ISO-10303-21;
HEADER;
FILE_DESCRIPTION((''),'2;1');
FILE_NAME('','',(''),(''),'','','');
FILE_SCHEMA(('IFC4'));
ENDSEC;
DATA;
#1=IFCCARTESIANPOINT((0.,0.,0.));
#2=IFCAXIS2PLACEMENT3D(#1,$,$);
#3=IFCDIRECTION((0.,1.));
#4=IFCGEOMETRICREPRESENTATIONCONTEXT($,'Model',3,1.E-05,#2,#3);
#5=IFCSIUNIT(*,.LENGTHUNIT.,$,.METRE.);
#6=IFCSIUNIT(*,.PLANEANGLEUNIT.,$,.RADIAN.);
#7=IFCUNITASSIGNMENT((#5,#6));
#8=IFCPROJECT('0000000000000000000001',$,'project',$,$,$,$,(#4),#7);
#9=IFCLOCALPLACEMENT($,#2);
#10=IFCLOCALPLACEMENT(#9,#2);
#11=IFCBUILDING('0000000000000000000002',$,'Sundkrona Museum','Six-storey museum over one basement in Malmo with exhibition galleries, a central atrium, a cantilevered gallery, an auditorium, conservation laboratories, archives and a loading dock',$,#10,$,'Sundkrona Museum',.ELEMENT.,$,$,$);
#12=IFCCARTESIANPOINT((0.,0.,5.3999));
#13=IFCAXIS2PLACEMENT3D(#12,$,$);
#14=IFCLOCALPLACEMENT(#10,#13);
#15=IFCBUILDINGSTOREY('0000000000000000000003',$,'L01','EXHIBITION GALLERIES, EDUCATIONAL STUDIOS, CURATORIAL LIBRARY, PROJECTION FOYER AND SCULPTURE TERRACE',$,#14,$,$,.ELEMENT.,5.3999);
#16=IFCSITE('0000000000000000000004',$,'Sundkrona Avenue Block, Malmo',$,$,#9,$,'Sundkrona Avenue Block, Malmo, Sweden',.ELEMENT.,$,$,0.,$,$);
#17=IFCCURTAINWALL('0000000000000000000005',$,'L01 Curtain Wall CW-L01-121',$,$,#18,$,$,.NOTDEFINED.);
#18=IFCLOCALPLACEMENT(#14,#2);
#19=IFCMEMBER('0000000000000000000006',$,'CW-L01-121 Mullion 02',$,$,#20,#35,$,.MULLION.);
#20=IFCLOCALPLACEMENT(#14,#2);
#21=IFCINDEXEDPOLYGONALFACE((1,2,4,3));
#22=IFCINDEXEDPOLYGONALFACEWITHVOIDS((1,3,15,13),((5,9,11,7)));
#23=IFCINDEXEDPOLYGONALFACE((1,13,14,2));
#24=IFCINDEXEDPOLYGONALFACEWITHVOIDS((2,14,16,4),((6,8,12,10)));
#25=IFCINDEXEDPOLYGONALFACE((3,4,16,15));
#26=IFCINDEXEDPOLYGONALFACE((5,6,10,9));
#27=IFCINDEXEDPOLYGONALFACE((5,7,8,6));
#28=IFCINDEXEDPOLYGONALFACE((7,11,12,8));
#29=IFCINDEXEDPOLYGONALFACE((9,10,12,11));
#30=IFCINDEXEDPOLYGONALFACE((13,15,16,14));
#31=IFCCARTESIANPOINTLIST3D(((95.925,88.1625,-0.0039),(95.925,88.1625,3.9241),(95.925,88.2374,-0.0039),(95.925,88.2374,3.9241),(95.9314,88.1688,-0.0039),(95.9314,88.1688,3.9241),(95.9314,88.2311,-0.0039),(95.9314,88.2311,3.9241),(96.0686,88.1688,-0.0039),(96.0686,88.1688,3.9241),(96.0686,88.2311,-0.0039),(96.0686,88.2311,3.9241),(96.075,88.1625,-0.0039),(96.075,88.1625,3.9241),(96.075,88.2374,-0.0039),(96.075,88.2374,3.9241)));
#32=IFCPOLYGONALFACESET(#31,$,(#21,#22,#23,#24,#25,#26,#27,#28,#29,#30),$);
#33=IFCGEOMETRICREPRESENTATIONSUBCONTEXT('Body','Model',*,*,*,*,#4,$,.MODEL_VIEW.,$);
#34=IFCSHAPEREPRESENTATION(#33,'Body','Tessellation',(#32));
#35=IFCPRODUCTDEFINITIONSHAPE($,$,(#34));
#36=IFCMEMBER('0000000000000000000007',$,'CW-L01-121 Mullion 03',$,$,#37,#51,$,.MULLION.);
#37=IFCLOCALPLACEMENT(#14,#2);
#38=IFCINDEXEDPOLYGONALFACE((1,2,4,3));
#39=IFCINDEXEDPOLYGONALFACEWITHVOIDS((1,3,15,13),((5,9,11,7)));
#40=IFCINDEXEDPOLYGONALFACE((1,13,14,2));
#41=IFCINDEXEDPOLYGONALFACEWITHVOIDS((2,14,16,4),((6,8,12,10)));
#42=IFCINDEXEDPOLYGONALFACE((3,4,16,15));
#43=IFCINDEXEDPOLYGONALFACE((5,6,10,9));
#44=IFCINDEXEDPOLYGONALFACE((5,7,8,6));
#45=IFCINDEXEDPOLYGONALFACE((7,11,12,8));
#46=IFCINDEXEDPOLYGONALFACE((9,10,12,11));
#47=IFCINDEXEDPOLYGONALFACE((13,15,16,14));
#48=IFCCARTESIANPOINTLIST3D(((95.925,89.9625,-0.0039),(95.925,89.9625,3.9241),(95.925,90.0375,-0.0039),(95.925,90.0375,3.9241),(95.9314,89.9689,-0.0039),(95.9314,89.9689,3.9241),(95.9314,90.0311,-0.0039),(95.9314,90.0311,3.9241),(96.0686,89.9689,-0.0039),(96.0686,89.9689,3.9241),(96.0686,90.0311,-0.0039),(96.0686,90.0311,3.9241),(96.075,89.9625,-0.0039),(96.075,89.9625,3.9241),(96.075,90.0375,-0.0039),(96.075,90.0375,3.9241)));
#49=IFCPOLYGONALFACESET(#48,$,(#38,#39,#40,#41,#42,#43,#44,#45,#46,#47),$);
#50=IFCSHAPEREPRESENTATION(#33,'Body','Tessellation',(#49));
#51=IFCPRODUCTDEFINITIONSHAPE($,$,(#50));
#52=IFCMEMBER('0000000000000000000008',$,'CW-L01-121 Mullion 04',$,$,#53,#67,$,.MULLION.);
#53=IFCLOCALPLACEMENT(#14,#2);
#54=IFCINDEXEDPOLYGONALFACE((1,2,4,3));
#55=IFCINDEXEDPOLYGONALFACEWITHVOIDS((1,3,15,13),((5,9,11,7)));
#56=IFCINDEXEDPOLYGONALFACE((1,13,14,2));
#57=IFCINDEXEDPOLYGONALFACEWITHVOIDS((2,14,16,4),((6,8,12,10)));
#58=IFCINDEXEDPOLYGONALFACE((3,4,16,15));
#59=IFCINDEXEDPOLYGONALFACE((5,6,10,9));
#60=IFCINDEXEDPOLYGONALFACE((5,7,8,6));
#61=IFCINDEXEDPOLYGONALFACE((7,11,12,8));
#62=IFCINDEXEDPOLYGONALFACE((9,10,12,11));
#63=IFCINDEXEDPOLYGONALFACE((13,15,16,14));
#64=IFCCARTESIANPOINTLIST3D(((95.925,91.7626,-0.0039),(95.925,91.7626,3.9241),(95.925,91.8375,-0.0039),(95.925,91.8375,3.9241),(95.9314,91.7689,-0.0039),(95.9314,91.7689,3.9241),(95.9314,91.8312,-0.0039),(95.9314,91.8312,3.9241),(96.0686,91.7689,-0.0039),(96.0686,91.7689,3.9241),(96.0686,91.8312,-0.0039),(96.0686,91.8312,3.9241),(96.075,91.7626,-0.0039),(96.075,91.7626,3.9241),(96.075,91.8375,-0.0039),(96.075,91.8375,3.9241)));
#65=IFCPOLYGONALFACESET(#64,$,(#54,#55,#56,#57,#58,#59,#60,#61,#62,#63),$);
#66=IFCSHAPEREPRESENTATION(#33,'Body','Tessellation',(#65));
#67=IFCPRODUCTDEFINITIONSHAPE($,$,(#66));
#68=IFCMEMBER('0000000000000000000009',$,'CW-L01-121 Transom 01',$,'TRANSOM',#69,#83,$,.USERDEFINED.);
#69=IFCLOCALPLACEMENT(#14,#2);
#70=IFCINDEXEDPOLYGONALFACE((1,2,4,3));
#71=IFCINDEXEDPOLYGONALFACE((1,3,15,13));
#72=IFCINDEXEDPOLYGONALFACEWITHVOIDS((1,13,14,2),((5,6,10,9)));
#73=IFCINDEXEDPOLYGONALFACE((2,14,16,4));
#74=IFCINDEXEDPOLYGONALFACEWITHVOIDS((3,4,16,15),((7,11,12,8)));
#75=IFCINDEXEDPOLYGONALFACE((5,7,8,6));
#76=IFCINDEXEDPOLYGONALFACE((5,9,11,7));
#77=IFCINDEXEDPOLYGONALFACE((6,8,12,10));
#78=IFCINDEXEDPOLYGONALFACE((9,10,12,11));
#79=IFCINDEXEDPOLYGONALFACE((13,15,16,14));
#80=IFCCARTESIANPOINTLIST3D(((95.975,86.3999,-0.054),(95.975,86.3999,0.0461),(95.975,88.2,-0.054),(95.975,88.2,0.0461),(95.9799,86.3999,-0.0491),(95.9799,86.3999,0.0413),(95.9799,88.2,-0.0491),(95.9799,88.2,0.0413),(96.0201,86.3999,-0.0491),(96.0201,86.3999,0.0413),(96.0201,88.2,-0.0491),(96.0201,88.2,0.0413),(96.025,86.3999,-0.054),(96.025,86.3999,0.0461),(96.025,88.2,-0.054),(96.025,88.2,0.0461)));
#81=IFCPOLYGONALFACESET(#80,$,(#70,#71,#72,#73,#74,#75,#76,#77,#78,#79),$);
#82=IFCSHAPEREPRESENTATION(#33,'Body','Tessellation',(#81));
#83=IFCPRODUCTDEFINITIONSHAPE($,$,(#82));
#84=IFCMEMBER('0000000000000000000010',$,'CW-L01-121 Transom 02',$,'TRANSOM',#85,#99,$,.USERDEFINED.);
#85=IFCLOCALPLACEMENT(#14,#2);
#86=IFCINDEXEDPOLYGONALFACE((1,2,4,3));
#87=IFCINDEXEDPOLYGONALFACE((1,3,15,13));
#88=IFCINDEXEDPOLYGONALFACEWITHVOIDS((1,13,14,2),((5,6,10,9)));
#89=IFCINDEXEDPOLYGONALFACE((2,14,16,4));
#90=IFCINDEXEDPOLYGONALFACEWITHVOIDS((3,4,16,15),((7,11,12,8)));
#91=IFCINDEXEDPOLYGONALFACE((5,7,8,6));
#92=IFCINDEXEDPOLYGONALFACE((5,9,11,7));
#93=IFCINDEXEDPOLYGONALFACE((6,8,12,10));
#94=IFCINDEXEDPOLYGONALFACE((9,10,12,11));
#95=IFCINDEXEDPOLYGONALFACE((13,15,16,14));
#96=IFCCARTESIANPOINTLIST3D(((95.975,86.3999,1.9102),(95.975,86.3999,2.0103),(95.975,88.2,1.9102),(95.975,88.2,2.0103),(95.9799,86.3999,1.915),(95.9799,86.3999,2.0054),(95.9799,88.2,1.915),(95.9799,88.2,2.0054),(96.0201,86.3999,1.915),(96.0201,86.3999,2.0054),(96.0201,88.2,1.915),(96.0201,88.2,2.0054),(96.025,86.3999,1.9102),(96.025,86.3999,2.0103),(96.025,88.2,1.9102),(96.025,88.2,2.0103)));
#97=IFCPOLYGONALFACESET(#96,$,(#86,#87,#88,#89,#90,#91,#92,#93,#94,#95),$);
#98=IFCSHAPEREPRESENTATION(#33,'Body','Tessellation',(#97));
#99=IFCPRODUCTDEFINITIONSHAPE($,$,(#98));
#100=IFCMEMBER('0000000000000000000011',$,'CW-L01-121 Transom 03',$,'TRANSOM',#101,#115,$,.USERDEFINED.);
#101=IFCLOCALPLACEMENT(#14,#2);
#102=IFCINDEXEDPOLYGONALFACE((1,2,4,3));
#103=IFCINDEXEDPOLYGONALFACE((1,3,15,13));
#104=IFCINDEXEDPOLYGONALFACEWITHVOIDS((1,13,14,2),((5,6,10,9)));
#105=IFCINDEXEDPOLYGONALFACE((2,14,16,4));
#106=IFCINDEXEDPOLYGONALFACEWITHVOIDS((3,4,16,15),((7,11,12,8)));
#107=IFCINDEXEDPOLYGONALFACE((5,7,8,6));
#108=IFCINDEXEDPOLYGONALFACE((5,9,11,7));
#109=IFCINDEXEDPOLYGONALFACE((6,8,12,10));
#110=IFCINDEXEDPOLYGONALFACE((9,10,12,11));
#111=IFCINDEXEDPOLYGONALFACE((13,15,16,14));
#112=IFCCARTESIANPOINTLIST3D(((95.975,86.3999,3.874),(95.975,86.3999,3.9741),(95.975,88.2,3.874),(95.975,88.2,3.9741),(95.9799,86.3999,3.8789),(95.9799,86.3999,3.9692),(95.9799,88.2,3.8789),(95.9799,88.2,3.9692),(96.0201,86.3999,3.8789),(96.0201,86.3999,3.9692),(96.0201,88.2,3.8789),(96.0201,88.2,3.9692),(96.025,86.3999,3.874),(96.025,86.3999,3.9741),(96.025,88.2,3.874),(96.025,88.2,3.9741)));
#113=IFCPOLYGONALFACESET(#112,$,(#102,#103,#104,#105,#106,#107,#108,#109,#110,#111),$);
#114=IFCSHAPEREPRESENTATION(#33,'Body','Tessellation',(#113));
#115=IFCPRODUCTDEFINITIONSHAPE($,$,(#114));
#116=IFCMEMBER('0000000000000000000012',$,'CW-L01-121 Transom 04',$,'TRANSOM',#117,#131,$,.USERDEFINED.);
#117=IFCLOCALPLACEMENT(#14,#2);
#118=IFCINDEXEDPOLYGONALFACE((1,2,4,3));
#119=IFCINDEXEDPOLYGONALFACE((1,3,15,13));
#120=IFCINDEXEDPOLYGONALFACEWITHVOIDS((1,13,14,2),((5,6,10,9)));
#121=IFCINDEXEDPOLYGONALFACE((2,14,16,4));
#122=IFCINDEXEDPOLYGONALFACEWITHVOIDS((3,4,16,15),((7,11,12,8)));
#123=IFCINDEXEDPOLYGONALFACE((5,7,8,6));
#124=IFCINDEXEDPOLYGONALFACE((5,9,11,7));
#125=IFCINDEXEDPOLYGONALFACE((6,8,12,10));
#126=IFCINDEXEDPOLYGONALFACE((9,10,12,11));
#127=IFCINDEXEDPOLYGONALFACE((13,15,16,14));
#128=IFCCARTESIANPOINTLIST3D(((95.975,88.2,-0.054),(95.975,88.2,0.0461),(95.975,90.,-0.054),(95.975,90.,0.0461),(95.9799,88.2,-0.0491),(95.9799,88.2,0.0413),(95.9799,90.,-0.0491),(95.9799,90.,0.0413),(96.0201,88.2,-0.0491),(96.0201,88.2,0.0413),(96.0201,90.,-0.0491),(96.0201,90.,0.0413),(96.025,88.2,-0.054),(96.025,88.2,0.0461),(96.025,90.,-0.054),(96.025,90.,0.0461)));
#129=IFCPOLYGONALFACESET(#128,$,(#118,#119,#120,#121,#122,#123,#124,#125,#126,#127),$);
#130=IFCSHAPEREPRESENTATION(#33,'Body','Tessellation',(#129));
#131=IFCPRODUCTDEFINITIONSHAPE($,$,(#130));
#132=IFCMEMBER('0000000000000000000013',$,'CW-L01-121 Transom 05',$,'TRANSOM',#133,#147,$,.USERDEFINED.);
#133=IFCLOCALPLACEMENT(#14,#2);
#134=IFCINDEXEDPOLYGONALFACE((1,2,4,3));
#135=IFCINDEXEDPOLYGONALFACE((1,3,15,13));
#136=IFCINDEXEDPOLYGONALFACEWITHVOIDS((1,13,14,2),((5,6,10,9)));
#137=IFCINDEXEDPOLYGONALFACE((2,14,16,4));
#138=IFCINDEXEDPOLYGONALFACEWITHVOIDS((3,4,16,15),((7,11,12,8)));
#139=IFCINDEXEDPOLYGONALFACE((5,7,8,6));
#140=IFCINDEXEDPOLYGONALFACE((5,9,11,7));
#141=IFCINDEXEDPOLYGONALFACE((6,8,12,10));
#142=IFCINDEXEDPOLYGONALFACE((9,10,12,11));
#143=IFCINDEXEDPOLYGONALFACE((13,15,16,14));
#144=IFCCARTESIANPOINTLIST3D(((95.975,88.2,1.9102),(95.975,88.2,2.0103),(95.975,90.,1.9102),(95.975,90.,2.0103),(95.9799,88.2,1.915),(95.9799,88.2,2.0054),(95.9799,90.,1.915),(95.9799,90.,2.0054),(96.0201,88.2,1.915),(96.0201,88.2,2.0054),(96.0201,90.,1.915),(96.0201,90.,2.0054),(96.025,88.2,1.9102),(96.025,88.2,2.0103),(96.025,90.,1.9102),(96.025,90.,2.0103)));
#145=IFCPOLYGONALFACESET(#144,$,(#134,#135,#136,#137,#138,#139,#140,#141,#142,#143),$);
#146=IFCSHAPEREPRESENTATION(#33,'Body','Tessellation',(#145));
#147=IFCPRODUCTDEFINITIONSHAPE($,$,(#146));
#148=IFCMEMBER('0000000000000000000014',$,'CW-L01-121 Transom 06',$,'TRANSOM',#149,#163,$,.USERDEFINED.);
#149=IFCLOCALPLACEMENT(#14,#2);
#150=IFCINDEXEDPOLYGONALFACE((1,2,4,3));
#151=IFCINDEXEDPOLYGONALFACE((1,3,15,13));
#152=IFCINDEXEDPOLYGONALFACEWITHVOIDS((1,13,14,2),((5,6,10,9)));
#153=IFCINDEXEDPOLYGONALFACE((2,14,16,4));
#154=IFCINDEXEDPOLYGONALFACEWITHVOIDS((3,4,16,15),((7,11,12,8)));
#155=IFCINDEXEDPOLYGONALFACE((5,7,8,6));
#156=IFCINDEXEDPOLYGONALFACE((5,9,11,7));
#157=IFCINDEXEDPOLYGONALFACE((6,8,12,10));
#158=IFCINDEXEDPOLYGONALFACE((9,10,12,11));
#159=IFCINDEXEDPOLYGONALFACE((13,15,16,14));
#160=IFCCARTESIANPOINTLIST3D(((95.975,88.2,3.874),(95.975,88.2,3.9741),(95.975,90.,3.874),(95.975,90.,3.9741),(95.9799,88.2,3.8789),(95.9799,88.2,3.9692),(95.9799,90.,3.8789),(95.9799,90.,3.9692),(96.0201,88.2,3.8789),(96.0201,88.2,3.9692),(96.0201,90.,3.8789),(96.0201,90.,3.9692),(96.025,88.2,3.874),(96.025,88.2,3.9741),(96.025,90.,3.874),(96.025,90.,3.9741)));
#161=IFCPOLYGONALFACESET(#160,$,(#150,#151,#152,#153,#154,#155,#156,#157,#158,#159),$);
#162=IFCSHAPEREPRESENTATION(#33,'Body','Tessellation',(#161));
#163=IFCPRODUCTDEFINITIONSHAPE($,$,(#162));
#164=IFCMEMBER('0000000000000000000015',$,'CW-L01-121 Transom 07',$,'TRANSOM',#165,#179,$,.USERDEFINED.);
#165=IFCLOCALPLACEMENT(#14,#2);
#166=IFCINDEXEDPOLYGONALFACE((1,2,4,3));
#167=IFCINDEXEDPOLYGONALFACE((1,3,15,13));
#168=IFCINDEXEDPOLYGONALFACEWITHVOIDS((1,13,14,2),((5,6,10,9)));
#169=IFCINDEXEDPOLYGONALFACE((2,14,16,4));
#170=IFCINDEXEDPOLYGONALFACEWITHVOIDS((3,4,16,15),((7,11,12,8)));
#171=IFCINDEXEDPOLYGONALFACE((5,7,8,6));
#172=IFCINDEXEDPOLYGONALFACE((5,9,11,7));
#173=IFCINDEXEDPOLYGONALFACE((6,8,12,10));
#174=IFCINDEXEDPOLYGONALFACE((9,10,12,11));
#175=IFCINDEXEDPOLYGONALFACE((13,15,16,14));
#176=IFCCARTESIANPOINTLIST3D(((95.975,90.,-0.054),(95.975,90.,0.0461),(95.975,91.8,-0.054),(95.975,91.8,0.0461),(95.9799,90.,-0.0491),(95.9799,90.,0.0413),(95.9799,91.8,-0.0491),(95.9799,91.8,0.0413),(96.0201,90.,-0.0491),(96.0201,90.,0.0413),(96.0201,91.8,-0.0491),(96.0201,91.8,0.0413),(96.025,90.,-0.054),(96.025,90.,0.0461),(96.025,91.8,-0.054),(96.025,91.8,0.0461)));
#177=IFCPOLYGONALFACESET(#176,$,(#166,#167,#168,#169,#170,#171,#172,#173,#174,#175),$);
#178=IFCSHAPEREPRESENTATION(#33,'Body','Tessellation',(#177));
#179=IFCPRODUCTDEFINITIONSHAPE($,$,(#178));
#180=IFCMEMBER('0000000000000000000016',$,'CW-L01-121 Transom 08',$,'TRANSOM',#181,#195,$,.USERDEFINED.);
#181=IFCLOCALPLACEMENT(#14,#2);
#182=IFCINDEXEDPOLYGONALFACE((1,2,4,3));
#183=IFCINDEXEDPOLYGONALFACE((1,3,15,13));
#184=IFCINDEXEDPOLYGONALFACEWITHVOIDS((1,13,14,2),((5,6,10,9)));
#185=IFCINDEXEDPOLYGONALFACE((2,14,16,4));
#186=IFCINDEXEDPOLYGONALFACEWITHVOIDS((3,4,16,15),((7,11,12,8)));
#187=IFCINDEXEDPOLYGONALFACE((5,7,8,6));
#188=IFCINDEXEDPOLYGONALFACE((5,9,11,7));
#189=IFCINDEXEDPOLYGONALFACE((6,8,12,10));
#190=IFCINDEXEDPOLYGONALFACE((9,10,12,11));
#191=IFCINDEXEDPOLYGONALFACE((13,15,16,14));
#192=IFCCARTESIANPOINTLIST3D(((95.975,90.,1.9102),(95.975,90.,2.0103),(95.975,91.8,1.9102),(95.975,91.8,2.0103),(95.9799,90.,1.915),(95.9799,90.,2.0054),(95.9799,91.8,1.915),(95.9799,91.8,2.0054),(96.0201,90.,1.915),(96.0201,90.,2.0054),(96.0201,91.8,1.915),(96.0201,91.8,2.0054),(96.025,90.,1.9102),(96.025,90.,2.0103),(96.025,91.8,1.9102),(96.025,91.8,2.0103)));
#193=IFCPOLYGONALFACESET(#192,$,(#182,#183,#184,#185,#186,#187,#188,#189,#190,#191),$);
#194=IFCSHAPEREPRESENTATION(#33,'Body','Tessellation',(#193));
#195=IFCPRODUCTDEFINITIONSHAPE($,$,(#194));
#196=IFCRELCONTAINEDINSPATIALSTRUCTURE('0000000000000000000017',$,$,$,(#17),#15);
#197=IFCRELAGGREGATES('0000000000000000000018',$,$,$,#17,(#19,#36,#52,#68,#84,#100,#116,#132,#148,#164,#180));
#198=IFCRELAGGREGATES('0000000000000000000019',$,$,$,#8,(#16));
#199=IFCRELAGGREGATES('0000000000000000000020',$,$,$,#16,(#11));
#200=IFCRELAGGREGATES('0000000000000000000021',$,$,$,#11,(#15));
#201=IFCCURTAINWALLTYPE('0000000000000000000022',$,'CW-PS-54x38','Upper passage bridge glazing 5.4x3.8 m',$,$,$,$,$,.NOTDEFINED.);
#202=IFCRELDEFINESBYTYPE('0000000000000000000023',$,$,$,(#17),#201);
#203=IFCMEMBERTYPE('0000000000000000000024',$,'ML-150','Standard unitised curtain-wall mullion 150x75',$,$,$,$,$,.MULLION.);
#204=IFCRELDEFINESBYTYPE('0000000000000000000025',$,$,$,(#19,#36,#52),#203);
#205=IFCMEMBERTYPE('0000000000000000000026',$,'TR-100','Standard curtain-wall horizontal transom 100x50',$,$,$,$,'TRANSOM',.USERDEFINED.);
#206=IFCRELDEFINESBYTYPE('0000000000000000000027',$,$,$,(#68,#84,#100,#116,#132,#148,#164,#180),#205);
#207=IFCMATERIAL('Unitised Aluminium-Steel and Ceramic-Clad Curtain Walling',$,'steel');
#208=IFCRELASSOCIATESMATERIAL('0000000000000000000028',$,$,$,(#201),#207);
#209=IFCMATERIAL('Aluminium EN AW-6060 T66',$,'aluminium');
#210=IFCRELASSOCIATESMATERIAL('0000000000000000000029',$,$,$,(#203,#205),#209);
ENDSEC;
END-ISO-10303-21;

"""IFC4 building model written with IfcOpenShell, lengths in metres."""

from ifc_helpers import new_model, si_unit, direction, frame, origin, origin_2d, place, context, subcontext, project, spatial, hollow_rectangle, extrude, material, material_profile, profile_set, type_object, element, aggregate, save


model = new_model("IFC4")

# Units and contexts
model_context = context("Model", 3, precision=1e-05, world=origin(), true_north=direction((0.0, 1.0)))
body_context = subcontext(model_context, "Body", "Model", "MODEL_VIEW")
ifc_project = project(units=[si_unit("LENGTHUNIT", "METRE"), si_unit("PLANEANGLEUNIT", "RADIAN")], contexts=[model_context])

# Site, building, storey
site_placement = place(None, origin())
site = spatial("IfcSite", under=ifc_project, at=site_placement, Name="Sundkrona Avenue Block, Malmo", LongName="Sundkrona Avenue Block, Malmo, Sweden", CompositionType="ELEMENT", RefElevation=0.0)
building_placement = place(site_placement, origin())
building = spatial("IfcBuilding", under=site, at=building_placement, Name="Sundkrona Museum", Description="Six-storey museum over one basement in Malmo with exhibition galleries, a central atrium, a cantilevered gallery, an auditorium, conservation laboratories, archives and a loading dock", LongName="Sundkrona Museum", CompositionType="ELEMENT")
storey_placement = place(building_placement, frame((0.0, 0.0, 5.3999)))
storey = spatial("IfcBuildingStorey", under=building, at=storey_placement, Name="L01", Description="EXHIBITION GALLERIES, EDUCATIONAL STUDIOS, CURATORIAL LIBRARY, PROJECTION FOYER AND SCULPTURE TERRACE", CompositionType="ELEMENT", Elevation=5.3999)

# Curtain wall, members
ifc_material_1 = material(Name="Unitised Aluminium-Steel and Ceramic-Clad Curtain Walling", Category="steel")
curtain_wall_type = type_object("IfcCurtainWallType", Name="CW-PS-54x38", Description="Upper passage bridge glazing 5.4x3.8 m", PredefinedType="NOTDEFINED", material=ifc_material_1)
curtain_wall_placement = place(storey_placement, origin())
curtain_wall = element("IfcCurtainWall", 1, at=curtain_wall_placement, inside=storey, type_object=curtain_wall_type, Name="L01 Curtain Wall CW-L01-121", PredefinedType="NOTDEFINED")
ifc_material_2 = material(Name="Aluminium EN AW-6060 T66", Category="aluminium")
ifc_material_profile_1 = material_profile(ifc_material_2, hollow_rectangle(XDim=0.075, YDim=0.1499, WallThickness=0.0063, at=origin_2d()), Name="RHS 150x75x6.3")
ifc_profile_set_1 = profile_set([ifc_material_profile_1], Name="Aluminium EN AW-6060 T66")
member_type_1 = type_object("IfcMemberType", Name="ML-150", Description="Standard unitised curtain-wall mullion 150x75", PredefinedType="MULLION", material=ifc_profile_set_1)
member_1_placement = place(storey_placement, frame((96.0, 88.2, -0.0039), z_axis=(0.0, 0.0, 1.0), x_axis=(0.0, 1.0, 0.0)))
member_1 = element("IfcMember", 2, at=member_1_placement, type_object=member_type_1, Name="CW-L01-121 Mullion 02", PredefinedType="MULLION", context=body_context, shape_type="SweptSolid", body=[
    extrude(hollow_rectangle(XDim=0.075, YDim=0.1499, WallThickness=0.0063, at=origin_2d()), origin(), (0.0, 0.0, 1.0), 3.928),
])
member_2_placement = place(storey_placement, frame((96.0, 90.0, -0.0039), z_axis=(0.0, 0.0, 1.0), x_axis=(0.0, 1.0, 0.0)))
member_2 = element("IfcMember", 3, at=member_2_placement, type_object=member_type_1, Name="CW-L01-121 Mullion 03", PredefinedType="MULLION", context=body_context, shape_type="SweptSolid", body=[
    extrude(hollow_rectangle(XDim=0.075, YDim=0.1499, WallThickness=0.0063, at=origin_2d()), origin(), (0.0, 0.0, 1.0), 3.928),
])
member_3_placement = place(storey_placement, frame((96.0, 91.8, -0.0039), z_axis=(0.0, 0.0, 1.0), x_axis=(0.0, 1.0, 0.0)))
member_3 = element("IfcMember", 4, at=member_3_placement, type_object=member_type_1, Name="CW-L01-121 Mullion 04", PredefinedType="MULLION", context=body_context, shape_type="SweptSolid", body=[
    extrude(hollow_rectangle(XDim=0.075, YDim=0.1499, WallThickness=0.0063, at=origin_2d()), origin(), (0.0, 0.0, 1.0), 3.928),
])
ifc_material_profile_2 = material_profile(ifc_material_2, hollow_rectangle(XDim=0.05, YDim=0.1001, WallThickness=0.0049, at=origin_2d()), Name="RHS 100x50x5.0")
ifc_profile_set_2 = profile_set([ifc_material_profile_2], Name="Aluminium EN AW-6060 T66")
member_type_2 = type_object("IfcMemberType", Name="TR-100", Description="Standard curtain-wall horizontal transom 100x50", ElementType="TRANSOM", PredefinedType="USERDEFINED", material=ifc_profile_set_2)
member_4_placement = place(storey_placement, frame((96.0, 86.3999, -0.0039), z_axis=(0.0, 1.0, 0.0), x_axis=(-1.0, 0.0, 0.0)))
member_4 = element("IfcMember", 5, at=member_4_placement, type_object=member_type_2, Name="CW-L01-121 Transom 01", ObjectType="TRANSOM", PredefinedType="USERDEFINED", context=body_context, shape_type="SweptSolid", body=[
    extrude(hollow_rectangle(XDim=0.05, YDim=0.1001, WallThickness=0.0049, at=origin_2d()), origin(), (0.0, 0.0, 1.0), 1.8),
])
member_5_placement = place(storey_placement, frame((96.0, 86.3999, 1.9602), z_axis=(0.0, 1.0, 0.0), x_axis=(-1.0, 0.0, 0.0)))
member_5 = element("IfcMember", 6, at=member_5_placement, type_object=member_type_2, Name="CW-L01-121 Transom 02", ObjectType="TRANSOM", PredefinedType="USERDEFINED", context=body_context, shape_type="SweptSolid", body=[
    extrude(hollow_rectangle(XDim=0.05, YDim=0.1001, WallThickness=0.0049, at=origin_2d()), origin(), (0.0, 0.0, 1.0), 1.8),
])
member_6_placement = place(storey_placement, frame((96.0, 86.3999, 3.9241), z_axis=(0.0, 1.0, 0.0), x_axis=(-1.0, 0.0, 0.0)))
member_6 = element("IfcMember", 7, at=member_6_placement, type_object=member_type_2, Name="CW-L01-121 Transom 03", ObjectType="TRANSOM", PredefinedType="USERDEFINED", context=body_context, shape_type="SweptSolid", body=[
    extrude(hollow_rectangle(XDim=0.05, YDim=0.1001, WallThickness=0.0049, at=origin_2d()), origin(), (0.0, 0.0, 1.0), 1.8),
])
member_7_placement = place(storey_placement, frame((96.0, 88.2, -0.0039), z_axis=(0.0, 1.0, 0.0), x_axis=(-1.0, 0.0, 0.0)))
member_7 = element("IfcMember", 8, at=member_7_placement, type_object=member_type_2, Name="CW-L01-121 Transom 04", ObjectType="TRANSOM", PredefinedType="USERDEFINED", context=body_context, shape_type="SweptSolid", body=[
    extrude(hollow_rectangle(XDim=0.05, YDim=0.1001, WallThickness=0.0049, at=origin_2d()), origin(), (0.0, 0.0, 1.0), 1.8),
])
member_8_placement = place(storey_placement, frame((96.0, 88.2, 1.9602), z_axis=(0.0, 1.0, 0.0), x_axis=(-1.0, 0.0, 0.0)))
member_8 = element("IfcMember", 9, at=member_8_placement, type_object=member_type_2, Name="CW-L01-121 Transom 05", ObjectType="TRANSOM", PredefinedType="USERDEFINED", context=body_context, shape_type="SweptSolid", body=[
    extrude(hollow_rectangle(XDim=0.05, YDim=0.1001, WallThickness=0.0049, at=origin_2d()), origin(), (0.0, 0.0, 1.0), 1.8),
])
member_9_placement = place(storey_placement, frame((96.0, 88.2, 3.9241), z_axis=(0.0, 1.0, 0.0), x_axis=(-1.0, 0.0, 0.0)))
member_9 = element("IfcMember", 10, at=member_9_placement, type_object=member_type_2, Name="CW-L01-121 Transom 06", ObjectType="TRANSOM", PredefinedType="USERDEFINED", context=body_context, shape_type="SweptSolid", body=[
    extrude(hollow_rectangle(XDim=0.05, YDim=0.1001, WallThickness=0.0049, at=origin_2d()), origin(), (0.0, 0.0, 1.0), 1.8),
])
member_10_placement = place(storey_placement, frame((96.0, 90.0, -0.0039), z_axis=(0.0, 1.0, 0.0), x_axis=(-1.0, 0.0, 0.0)))
member_10 = element("IfcMember", 11, at=member_10_placement, type_object=member_type_2, Name="CW-L01-121 Transom 07", ObjectType="TRANSOM", PredefinedType="USERDEFINED", context=body_context, shape_type="SweptSolid", body=[
    extrude(hollow_rectangle(XDim=0.05, YDim=0.1001, WallThickness=0.0049, at=origin_2d()), origin(), (0.0, 0.0, 1.0), 1.8),
])
member_11_placement = place(storey_placement, frame((96.0, 90.0, 1.9602), z_axis=(0.0, 1.0, 0.0), x_axis=(-1.0, 0.0, 0.0)))
member_11 = element("IfcMember", 12, at=member_11_placement, type_object=member_type_2, Name="CW-L01-121 Transom 08", ObjectType="TRANSOM", PredefinedType="USERDEFINED", context=body_context, shape_type="SweptSolid", body=[
    extrude(hollow_rectangle(XDim=0.05, YDim=0.1001, WallThickness=0.0049, at=origin_2d()), origin(), (0.0, 0.0, 1.0), 1.8),
])
aggregate(curtain_wall, [member_1, member_2, member_3, member_4, member_5, member_6, member_7, member_8, member_9, member_10, member_11])

save(model, "model.ifc")
